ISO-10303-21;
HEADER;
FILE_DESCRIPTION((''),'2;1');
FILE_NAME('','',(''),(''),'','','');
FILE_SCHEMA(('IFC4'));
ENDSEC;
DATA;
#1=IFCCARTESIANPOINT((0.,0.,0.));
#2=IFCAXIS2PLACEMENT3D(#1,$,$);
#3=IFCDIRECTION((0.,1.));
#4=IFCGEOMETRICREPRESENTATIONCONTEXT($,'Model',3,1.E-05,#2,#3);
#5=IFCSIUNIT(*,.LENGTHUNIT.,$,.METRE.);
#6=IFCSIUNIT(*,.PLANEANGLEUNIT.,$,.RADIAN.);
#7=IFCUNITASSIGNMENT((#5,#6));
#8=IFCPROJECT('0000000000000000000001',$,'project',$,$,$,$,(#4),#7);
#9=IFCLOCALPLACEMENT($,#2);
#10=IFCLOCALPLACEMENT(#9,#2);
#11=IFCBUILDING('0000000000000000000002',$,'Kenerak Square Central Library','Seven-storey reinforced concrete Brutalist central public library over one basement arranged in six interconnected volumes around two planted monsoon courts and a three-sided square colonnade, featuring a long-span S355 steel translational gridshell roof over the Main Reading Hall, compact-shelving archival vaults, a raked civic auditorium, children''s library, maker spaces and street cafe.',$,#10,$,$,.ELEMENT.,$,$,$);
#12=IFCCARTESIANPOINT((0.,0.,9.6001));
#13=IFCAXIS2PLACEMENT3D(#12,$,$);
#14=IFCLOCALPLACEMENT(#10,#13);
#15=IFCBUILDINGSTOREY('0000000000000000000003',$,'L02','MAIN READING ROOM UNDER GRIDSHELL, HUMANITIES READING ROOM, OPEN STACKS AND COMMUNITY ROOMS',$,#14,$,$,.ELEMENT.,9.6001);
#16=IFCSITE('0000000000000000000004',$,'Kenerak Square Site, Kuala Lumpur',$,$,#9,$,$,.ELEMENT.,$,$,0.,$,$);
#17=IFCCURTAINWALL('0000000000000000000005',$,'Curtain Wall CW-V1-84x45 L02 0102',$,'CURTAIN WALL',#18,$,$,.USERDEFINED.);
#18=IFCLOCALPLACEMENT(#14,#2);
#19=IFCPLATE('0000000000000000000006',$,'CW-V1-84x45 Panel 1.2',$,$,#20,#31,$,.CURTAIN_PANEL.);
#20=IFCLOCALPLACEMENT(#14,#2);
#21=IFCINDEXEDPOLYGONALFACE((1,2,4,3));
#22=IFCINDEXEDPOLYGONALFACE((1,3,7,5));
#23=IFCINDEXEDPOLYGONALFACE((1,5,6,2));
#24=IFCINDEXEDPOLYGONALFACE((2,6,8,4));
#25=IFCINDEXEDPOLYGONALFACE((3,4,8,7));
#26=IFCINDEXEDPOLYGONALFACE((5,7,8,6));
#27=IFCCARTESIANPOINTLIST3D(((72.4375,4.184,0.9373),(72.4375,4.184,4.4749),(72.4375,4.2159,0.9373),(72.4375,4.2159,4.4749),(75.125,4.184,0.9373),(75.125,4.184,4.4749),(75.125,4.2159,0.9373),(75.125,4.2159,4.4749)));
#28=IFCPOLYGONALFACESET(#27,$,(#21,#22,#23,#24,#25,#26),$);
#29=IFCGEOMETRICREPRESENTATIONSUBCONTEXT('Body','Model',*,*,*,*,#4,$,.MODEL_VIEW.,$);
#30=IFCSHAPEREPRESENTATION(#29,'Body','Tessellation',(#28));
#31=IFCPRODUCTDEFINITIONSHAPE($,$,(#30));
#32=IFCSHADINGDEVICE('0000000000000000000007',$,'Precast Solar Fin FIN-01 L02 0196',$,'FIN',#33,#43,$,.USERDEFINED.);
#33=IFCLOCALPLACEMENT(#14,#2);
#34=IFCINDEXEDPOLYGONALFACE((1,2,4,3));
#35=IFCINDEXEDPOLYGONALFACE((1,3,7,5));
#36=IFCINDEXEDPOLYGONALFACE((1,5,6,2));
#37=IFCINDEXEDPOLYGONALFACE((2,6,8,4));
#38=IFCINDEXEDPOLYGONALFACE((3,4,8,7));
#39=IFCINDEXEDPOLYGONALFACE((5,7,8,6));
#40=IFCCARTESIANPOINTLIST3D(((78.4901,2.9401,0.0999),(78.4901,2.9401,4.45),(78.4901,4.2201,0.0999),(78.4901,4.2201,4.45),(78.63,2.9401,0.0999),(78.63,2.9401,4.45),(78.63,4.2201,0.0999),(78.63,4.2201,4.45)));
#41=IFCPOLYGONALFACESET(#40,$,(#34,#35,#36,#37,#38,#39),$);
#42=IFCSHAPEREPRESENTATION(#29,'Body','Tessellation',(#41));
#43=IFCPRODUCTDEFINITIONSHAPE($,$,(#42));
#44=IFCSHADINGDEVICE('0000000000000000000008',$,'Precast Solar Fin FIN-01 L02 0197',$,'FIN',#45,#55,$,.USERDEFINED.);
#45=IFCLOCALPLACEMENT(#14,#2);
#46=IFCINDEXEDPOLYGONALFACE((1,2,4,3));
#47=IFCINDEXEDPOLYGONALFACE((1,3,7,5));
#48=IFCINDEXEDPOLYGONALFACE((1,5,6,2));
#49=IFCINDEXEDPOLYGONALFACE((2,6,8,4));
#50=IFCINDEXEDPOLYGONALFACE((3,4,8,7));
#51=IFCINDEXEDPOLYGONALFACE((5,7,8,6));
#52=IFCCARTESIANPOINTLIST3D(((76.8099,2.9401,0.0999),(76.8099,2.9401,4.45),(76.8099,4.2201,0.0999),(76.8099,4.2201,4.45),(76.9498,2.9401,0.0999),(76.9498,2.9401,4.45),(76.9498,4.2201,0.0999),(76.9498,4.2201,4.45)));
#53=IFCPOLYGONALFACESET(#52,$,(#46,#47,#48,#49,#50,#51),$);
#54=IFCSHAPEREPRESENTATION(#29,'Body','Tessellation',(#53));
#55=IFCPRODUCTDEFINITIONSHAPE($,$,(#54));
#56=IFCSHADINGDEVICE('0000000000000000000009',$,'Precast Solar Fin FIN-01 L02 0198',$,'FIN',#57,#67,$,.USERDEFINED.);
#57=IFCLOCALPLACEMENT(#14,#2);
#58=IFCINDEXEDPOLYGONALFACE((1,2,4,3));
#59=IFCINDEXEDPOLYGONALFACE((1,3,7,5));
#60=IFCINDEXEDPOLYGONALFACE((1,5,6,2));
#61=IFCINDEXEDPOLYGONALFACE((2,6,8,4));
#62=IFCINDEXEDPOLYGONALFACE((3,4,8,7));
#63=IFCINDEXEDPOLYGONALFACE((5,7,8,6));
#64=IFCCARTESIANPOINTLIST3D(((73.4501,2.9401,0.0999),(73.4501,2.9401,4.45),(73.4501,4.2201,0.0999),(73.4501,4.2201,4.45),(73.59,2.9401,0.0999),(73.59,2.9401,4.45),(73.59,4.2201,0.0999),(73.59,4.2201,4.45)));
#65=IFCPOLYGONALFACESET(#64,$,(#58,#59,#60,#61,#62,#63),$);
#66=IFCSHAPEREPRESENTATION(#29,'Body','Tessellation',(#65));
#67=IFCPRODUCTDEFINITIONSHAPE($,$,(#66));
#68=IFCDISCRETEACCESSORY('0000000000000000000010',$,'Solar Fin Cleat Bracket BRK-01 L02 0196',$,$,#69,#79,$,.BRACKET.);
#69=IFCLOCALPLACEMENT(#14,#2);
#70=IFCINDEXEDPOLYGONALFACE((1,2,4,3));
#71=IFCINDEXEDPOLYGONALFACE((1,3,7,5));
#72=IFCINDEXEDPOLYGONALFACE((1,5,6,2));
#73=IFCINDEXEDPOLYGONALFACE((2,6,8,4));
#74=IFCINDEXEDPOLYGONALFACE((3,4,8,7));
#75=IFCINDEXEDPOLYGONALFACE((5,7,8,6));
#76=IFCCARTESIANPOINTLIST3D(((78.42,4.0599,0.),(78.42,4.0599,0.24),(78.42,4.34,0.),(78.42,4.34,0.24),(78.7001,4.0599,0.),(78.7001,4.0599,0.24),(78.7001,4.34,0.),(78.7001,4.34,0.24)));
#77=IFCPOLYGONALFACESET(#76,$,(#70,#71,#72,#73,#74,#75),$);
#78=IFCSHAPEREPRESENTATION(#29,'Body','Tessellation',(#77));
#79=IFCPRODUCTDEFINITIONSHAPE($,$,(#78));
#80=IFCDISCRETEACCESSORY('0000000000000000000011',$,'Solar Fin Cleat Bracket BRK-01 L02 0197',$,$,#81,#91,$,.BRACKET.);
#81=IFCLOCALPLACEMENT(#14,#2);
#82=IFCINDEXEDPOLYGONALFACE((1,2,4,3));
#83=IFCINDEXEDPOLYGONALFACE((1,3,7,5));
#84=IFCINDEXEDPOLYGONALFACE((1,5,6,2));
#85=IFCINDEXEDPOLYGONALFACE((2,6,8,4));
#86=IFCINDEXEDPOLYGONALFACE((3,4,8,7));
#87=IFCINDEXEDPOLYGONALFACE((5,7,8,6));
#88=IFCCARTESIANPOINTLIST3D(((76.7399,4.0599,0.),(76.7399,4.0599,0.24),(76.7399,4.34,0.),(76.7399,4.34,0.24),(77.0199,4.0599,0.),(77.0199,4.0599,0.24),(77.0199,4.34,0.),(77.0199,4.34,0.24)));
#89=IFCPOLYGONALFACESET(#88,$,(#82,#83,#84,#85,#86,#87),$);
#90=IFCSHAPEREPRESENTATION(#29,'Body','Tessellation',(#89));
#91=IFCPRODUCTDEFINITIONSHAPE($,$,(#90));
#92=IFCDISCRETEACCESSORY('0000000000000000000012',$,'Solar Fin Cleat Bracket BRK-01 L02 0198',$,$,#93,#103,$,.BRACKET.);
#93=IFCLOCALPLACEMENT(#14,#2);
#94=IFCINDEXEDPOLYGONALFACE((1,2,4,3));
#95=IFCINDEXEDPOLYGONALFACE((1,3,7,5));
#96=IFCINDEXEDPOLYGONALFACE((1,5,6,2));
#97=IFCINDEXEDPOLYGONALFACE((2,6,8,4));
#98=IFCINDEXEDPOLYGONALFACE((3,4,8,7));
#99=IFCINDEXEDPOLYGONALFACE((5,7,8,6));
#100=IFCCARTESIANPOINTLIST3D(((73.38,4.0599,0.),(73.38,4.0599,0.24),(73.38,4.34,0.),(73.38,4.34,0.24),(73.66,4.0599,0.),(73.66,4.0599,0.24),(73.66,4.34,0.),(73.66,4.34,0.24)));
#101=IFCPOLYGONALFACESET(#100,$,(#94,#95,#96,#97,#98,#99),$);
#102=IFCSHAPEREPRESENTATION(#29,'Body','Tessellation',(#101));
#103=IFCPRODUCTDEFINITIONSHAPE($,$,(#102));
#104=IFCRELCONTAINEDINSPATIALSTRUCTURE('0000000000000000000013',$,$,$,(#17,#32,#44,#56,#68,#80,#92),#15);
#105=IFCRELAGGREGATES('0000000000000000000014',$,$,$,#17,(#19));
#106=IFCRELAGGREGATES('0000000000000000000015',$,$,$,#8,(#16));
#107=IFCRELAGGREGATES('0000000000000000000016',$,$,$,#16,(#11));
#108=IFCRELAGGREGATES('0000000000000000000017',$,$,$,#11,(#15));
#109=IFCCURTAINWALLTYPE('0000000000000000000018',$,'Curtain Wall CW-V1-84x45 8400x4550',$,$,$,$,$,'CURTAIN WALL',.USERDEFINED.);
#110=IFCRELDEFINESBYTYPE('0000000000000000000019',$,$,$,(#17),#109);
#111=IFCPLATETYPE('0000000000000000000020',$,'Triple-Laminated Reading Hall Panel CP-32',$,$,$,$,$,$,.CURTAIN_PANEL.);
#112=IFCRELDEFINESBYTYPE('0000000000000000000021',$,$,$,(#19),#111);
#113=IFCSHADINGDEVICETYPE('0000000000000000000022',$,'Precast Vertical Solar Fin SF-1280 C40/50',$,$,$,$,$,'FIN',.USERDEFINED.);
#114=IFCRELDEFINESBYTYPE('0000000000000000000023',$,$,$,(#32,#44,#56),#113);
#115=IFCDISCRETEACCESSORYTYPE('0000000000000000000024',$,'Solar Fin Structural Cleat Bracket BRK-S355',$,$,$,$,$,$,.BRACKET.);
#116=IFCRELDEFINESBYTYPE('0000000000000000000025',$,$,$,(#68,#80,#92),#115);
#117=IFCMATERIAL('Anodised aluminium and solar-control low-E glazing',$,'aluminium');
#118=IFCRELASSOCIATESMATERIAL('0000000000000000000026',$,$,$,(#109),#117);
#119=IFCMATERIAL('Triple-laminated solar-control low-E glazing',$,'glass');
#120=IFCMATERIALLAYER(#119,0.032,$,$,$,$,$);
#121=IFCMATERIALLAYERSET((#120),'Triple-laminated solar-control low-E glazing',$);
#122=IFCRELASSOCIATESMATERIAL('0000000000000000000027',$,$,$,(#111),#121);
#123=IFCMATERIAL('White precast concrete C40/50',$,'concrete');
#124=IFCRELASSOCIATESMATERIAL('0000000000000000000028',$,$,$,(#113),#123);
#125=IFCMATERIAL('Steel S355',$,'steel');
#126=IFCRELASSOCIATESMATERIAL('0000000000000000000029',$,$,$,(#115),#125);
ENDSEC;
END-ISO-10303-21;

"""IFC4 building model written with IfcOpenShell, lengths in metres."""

from ifc_helpers import new_model, si_unit, direction, frame, origin, origin_2d, place, context, subcontext, project, spatial, rectangle, extrude, material, layer, layer_set, type_object, element, aggregate, save


model = new_model("IFC4")

# Units and contexts
model_context = context("Model", 3, precision=1e-05, world=origin(), true_north=direction((0.0, 1.0)))
body_context = subcontext(model_context, "Body", "Model", "MODEL_VIEW")
ifc_project = project(units=[si_unit("LENGTHUNIT", "METRE"), si_unit("PLANEANGLEUNIT", "RADIAN")], contexts=[model_context])

# Site, building, storey
site_placement = place(None, origin())
site = spatial("IfcSite", under=ifc_project, at=site_placement, Name="Kenerak Square Site, Kuala Lumpur", CompositionType="ELEMENT", RefElevation=0.0)
building_placement = place(site_placement, origin())
building = spatial("IfcBuilding", under=site, at=building_placement, Name="Kenerak Square Central Library", Description="Seven-storey reinforced concrete Brutalist central public library over one basement arranged in six interconnected volumes around two planted monsoon courts and a three-sided square colonnade, featuring a long-span S355 steel translational gridshell roof over the Main Reading Hall, compact-shelving archival vaults, a raked civic auditorium, children's library, maker spaces and street cafe.", CompositionType="ELEMENT")
storey_placement = place(building_placement, frame((0.0, 0.0, 9.6001)))
storey = spatial("IfcBuildingStorey", under=building, at=storey_placement, Name="L02", Description="MAIN READING ROOM UNDER GRIDSHELL, HUMANITIES READING ROOM, OPEN STACKS AND COMMUNITY ROOMS", CompositionType="ELEMENT", Elevation=9.6001)

# Curtain wall
ifc_material_1 = material(Name="Anodised aluminium and solar-control low-E glazing", Category="aluminium")
curtain_wall_type = type_object("IfcCurtainWallType", Name="Curtain Wall CW-V1-84x45 8400x4550", ElementType="CURTAIN WALL", PredefinedType="USERDEFINED", material=ifc_material_1)
curtain_wall_1_placement = place(storey_placement, origin())
curtain_wall_1 = element("IfcCurtainWall", 1, at=curtain_wall_1_placement, inside=storey, type_object=curtain_wall_type, Name="Curtain Wall CW-V1-84x45 L02 0102", ObjectType="CURTAIN WALL", PredefinedType="USERDEFINED")

# Shared definitions
ifc_material_2 = material(Name="Steel S355", Category="steel")

# Plate
ifc_material_3 = material(Name="Triple-laminated solar-control low-E glazing", Category="glass")
ifc_layer_1 = layer(ifc_material_3, 0.032)
ifc_layer_set_1 = layer_set([ifc_layer_1], Name="Triple-laminated solar-control low-E glazing")
plate_type_1 = type_object("IfcPlateType", Name="Triple-Laminated Reading Hall Panel CP-32", PredefinedType="CURTAIN_PANEL", material=ifc_layer_set_1)
plate_1_placement = place(storey_placement, frame((73.7812, 4.2, 0.9373), z_axis=(0.0, 0.0, 1.0), x_axis=(-1.0, 0.0, 0.0)))
plate_1 = element("IfcPlate", 2, at=plate_1_placement, type_object=plate_type_1, Name="CW-V1-84x45 Panel 1.2", PredefinedType="CURTAIN_PANEL", context=body_context, shape_type="SweptSolid", body=[
    extrude(rectangle(XDim=2.6875, YDim=0.032, at=origin_2d()), origin(), (0.0, 0.0, 1.0), 3.5376),
])
aggregate(curtain_wall_1, [plate_1])

# Shading devices
ifc_material_4 = material(Name="White precast concrete C40/50", Category="concrete")
shading_device_type = type_object("IfcShadingDeviceType", Name="Precast Vertical Solar Fin SF-1280 C40/50", ElementType="FIN", PredefinedType="USERDEFINED", material=ifc_material_4)
for number, where, z_axis, x_axis, name in (
    (3, (78.5601, 3.5801, 0.0999), (0.0, 0.0, 1.0), (-1.0, 0.0, 0.0), "Precast Solar Fin FIN-01 L02 0196"),
    (4, (76.8799, 3.5801, 0.0999), (0.0, 0.0, 1.0), (-1.0, 0.0, 0.0), "Precast Solar Fin FIN-01 L02 0197"),
    (5, (73.52, 3.5801, 0.0999), (0.0, 0.0, 1.0), (-1.0, 0.0, 0.0), "Precast Solar Fin FIN-01 L02 0198"),
):
    element("IfcShadingDevice", number, at=place(storey_placement, frame(where, z_axis=z_axis, x_axis=x_axis)), inside=storey, type_object=shading_device_type, Name=name, ObjectType="FIN", PredefinedType="USERDEFINED", context=body_context, shape_type="SweptSolid", body=[
        extrude(rectangle(XDim=0.1399, YDim=1.28, at=origin_2d()), origin(), (0.0, 0.0, 1.0), 4.3501),
    ])

# Discrete accessories
discrete_accessory_type = type_object("IfcDiscreteAccessoryType", Name="Solar Fin Structural Cleat Bracket BRK-S355", PredefinedType="BRACKET", material=ifc_material_2)
for number, where, z_axis, x_axis, name in (
    (6, (78.5601, 4.2, 0.0), (0.0, 0.0, 1.0), (-1.0, 0.0, 0.0), "Solar Fin Cleat Bracket BRK-01 L02 0196"),
    (7, (76.8799, 4.2, 0.0), (0.0, 0.0, 1.0), (-1.0, 0.0, 0.0), "Solar Fin Cleat Bracket BRK-01 L02 0197"),
    (8, (73.52, 4.2, 0.0), (0.0, 0.0, 1.0), (-1.0, 0.0, 0.0), "Solar Fin Cleat Bracket BRK-01 L02 0198"),
):
    element("IfcDiscreteAccessory", number, at=place(storey_placement, frame(where, z_axis=z_axis, x_axis=x_axis)), inside=storey, type_object=discrete_accessory_type, Name=name, PredefinedType="BRACKET", context=body_context, shape_type="SweptSolid", body=[
        extrude(rectangle(XDim=0.28, YDim=0.28, at=origin_2d()), origin(), (0.0, 0.0, 1.0), 0.24),
    ])

save(model, "model.ifc")
